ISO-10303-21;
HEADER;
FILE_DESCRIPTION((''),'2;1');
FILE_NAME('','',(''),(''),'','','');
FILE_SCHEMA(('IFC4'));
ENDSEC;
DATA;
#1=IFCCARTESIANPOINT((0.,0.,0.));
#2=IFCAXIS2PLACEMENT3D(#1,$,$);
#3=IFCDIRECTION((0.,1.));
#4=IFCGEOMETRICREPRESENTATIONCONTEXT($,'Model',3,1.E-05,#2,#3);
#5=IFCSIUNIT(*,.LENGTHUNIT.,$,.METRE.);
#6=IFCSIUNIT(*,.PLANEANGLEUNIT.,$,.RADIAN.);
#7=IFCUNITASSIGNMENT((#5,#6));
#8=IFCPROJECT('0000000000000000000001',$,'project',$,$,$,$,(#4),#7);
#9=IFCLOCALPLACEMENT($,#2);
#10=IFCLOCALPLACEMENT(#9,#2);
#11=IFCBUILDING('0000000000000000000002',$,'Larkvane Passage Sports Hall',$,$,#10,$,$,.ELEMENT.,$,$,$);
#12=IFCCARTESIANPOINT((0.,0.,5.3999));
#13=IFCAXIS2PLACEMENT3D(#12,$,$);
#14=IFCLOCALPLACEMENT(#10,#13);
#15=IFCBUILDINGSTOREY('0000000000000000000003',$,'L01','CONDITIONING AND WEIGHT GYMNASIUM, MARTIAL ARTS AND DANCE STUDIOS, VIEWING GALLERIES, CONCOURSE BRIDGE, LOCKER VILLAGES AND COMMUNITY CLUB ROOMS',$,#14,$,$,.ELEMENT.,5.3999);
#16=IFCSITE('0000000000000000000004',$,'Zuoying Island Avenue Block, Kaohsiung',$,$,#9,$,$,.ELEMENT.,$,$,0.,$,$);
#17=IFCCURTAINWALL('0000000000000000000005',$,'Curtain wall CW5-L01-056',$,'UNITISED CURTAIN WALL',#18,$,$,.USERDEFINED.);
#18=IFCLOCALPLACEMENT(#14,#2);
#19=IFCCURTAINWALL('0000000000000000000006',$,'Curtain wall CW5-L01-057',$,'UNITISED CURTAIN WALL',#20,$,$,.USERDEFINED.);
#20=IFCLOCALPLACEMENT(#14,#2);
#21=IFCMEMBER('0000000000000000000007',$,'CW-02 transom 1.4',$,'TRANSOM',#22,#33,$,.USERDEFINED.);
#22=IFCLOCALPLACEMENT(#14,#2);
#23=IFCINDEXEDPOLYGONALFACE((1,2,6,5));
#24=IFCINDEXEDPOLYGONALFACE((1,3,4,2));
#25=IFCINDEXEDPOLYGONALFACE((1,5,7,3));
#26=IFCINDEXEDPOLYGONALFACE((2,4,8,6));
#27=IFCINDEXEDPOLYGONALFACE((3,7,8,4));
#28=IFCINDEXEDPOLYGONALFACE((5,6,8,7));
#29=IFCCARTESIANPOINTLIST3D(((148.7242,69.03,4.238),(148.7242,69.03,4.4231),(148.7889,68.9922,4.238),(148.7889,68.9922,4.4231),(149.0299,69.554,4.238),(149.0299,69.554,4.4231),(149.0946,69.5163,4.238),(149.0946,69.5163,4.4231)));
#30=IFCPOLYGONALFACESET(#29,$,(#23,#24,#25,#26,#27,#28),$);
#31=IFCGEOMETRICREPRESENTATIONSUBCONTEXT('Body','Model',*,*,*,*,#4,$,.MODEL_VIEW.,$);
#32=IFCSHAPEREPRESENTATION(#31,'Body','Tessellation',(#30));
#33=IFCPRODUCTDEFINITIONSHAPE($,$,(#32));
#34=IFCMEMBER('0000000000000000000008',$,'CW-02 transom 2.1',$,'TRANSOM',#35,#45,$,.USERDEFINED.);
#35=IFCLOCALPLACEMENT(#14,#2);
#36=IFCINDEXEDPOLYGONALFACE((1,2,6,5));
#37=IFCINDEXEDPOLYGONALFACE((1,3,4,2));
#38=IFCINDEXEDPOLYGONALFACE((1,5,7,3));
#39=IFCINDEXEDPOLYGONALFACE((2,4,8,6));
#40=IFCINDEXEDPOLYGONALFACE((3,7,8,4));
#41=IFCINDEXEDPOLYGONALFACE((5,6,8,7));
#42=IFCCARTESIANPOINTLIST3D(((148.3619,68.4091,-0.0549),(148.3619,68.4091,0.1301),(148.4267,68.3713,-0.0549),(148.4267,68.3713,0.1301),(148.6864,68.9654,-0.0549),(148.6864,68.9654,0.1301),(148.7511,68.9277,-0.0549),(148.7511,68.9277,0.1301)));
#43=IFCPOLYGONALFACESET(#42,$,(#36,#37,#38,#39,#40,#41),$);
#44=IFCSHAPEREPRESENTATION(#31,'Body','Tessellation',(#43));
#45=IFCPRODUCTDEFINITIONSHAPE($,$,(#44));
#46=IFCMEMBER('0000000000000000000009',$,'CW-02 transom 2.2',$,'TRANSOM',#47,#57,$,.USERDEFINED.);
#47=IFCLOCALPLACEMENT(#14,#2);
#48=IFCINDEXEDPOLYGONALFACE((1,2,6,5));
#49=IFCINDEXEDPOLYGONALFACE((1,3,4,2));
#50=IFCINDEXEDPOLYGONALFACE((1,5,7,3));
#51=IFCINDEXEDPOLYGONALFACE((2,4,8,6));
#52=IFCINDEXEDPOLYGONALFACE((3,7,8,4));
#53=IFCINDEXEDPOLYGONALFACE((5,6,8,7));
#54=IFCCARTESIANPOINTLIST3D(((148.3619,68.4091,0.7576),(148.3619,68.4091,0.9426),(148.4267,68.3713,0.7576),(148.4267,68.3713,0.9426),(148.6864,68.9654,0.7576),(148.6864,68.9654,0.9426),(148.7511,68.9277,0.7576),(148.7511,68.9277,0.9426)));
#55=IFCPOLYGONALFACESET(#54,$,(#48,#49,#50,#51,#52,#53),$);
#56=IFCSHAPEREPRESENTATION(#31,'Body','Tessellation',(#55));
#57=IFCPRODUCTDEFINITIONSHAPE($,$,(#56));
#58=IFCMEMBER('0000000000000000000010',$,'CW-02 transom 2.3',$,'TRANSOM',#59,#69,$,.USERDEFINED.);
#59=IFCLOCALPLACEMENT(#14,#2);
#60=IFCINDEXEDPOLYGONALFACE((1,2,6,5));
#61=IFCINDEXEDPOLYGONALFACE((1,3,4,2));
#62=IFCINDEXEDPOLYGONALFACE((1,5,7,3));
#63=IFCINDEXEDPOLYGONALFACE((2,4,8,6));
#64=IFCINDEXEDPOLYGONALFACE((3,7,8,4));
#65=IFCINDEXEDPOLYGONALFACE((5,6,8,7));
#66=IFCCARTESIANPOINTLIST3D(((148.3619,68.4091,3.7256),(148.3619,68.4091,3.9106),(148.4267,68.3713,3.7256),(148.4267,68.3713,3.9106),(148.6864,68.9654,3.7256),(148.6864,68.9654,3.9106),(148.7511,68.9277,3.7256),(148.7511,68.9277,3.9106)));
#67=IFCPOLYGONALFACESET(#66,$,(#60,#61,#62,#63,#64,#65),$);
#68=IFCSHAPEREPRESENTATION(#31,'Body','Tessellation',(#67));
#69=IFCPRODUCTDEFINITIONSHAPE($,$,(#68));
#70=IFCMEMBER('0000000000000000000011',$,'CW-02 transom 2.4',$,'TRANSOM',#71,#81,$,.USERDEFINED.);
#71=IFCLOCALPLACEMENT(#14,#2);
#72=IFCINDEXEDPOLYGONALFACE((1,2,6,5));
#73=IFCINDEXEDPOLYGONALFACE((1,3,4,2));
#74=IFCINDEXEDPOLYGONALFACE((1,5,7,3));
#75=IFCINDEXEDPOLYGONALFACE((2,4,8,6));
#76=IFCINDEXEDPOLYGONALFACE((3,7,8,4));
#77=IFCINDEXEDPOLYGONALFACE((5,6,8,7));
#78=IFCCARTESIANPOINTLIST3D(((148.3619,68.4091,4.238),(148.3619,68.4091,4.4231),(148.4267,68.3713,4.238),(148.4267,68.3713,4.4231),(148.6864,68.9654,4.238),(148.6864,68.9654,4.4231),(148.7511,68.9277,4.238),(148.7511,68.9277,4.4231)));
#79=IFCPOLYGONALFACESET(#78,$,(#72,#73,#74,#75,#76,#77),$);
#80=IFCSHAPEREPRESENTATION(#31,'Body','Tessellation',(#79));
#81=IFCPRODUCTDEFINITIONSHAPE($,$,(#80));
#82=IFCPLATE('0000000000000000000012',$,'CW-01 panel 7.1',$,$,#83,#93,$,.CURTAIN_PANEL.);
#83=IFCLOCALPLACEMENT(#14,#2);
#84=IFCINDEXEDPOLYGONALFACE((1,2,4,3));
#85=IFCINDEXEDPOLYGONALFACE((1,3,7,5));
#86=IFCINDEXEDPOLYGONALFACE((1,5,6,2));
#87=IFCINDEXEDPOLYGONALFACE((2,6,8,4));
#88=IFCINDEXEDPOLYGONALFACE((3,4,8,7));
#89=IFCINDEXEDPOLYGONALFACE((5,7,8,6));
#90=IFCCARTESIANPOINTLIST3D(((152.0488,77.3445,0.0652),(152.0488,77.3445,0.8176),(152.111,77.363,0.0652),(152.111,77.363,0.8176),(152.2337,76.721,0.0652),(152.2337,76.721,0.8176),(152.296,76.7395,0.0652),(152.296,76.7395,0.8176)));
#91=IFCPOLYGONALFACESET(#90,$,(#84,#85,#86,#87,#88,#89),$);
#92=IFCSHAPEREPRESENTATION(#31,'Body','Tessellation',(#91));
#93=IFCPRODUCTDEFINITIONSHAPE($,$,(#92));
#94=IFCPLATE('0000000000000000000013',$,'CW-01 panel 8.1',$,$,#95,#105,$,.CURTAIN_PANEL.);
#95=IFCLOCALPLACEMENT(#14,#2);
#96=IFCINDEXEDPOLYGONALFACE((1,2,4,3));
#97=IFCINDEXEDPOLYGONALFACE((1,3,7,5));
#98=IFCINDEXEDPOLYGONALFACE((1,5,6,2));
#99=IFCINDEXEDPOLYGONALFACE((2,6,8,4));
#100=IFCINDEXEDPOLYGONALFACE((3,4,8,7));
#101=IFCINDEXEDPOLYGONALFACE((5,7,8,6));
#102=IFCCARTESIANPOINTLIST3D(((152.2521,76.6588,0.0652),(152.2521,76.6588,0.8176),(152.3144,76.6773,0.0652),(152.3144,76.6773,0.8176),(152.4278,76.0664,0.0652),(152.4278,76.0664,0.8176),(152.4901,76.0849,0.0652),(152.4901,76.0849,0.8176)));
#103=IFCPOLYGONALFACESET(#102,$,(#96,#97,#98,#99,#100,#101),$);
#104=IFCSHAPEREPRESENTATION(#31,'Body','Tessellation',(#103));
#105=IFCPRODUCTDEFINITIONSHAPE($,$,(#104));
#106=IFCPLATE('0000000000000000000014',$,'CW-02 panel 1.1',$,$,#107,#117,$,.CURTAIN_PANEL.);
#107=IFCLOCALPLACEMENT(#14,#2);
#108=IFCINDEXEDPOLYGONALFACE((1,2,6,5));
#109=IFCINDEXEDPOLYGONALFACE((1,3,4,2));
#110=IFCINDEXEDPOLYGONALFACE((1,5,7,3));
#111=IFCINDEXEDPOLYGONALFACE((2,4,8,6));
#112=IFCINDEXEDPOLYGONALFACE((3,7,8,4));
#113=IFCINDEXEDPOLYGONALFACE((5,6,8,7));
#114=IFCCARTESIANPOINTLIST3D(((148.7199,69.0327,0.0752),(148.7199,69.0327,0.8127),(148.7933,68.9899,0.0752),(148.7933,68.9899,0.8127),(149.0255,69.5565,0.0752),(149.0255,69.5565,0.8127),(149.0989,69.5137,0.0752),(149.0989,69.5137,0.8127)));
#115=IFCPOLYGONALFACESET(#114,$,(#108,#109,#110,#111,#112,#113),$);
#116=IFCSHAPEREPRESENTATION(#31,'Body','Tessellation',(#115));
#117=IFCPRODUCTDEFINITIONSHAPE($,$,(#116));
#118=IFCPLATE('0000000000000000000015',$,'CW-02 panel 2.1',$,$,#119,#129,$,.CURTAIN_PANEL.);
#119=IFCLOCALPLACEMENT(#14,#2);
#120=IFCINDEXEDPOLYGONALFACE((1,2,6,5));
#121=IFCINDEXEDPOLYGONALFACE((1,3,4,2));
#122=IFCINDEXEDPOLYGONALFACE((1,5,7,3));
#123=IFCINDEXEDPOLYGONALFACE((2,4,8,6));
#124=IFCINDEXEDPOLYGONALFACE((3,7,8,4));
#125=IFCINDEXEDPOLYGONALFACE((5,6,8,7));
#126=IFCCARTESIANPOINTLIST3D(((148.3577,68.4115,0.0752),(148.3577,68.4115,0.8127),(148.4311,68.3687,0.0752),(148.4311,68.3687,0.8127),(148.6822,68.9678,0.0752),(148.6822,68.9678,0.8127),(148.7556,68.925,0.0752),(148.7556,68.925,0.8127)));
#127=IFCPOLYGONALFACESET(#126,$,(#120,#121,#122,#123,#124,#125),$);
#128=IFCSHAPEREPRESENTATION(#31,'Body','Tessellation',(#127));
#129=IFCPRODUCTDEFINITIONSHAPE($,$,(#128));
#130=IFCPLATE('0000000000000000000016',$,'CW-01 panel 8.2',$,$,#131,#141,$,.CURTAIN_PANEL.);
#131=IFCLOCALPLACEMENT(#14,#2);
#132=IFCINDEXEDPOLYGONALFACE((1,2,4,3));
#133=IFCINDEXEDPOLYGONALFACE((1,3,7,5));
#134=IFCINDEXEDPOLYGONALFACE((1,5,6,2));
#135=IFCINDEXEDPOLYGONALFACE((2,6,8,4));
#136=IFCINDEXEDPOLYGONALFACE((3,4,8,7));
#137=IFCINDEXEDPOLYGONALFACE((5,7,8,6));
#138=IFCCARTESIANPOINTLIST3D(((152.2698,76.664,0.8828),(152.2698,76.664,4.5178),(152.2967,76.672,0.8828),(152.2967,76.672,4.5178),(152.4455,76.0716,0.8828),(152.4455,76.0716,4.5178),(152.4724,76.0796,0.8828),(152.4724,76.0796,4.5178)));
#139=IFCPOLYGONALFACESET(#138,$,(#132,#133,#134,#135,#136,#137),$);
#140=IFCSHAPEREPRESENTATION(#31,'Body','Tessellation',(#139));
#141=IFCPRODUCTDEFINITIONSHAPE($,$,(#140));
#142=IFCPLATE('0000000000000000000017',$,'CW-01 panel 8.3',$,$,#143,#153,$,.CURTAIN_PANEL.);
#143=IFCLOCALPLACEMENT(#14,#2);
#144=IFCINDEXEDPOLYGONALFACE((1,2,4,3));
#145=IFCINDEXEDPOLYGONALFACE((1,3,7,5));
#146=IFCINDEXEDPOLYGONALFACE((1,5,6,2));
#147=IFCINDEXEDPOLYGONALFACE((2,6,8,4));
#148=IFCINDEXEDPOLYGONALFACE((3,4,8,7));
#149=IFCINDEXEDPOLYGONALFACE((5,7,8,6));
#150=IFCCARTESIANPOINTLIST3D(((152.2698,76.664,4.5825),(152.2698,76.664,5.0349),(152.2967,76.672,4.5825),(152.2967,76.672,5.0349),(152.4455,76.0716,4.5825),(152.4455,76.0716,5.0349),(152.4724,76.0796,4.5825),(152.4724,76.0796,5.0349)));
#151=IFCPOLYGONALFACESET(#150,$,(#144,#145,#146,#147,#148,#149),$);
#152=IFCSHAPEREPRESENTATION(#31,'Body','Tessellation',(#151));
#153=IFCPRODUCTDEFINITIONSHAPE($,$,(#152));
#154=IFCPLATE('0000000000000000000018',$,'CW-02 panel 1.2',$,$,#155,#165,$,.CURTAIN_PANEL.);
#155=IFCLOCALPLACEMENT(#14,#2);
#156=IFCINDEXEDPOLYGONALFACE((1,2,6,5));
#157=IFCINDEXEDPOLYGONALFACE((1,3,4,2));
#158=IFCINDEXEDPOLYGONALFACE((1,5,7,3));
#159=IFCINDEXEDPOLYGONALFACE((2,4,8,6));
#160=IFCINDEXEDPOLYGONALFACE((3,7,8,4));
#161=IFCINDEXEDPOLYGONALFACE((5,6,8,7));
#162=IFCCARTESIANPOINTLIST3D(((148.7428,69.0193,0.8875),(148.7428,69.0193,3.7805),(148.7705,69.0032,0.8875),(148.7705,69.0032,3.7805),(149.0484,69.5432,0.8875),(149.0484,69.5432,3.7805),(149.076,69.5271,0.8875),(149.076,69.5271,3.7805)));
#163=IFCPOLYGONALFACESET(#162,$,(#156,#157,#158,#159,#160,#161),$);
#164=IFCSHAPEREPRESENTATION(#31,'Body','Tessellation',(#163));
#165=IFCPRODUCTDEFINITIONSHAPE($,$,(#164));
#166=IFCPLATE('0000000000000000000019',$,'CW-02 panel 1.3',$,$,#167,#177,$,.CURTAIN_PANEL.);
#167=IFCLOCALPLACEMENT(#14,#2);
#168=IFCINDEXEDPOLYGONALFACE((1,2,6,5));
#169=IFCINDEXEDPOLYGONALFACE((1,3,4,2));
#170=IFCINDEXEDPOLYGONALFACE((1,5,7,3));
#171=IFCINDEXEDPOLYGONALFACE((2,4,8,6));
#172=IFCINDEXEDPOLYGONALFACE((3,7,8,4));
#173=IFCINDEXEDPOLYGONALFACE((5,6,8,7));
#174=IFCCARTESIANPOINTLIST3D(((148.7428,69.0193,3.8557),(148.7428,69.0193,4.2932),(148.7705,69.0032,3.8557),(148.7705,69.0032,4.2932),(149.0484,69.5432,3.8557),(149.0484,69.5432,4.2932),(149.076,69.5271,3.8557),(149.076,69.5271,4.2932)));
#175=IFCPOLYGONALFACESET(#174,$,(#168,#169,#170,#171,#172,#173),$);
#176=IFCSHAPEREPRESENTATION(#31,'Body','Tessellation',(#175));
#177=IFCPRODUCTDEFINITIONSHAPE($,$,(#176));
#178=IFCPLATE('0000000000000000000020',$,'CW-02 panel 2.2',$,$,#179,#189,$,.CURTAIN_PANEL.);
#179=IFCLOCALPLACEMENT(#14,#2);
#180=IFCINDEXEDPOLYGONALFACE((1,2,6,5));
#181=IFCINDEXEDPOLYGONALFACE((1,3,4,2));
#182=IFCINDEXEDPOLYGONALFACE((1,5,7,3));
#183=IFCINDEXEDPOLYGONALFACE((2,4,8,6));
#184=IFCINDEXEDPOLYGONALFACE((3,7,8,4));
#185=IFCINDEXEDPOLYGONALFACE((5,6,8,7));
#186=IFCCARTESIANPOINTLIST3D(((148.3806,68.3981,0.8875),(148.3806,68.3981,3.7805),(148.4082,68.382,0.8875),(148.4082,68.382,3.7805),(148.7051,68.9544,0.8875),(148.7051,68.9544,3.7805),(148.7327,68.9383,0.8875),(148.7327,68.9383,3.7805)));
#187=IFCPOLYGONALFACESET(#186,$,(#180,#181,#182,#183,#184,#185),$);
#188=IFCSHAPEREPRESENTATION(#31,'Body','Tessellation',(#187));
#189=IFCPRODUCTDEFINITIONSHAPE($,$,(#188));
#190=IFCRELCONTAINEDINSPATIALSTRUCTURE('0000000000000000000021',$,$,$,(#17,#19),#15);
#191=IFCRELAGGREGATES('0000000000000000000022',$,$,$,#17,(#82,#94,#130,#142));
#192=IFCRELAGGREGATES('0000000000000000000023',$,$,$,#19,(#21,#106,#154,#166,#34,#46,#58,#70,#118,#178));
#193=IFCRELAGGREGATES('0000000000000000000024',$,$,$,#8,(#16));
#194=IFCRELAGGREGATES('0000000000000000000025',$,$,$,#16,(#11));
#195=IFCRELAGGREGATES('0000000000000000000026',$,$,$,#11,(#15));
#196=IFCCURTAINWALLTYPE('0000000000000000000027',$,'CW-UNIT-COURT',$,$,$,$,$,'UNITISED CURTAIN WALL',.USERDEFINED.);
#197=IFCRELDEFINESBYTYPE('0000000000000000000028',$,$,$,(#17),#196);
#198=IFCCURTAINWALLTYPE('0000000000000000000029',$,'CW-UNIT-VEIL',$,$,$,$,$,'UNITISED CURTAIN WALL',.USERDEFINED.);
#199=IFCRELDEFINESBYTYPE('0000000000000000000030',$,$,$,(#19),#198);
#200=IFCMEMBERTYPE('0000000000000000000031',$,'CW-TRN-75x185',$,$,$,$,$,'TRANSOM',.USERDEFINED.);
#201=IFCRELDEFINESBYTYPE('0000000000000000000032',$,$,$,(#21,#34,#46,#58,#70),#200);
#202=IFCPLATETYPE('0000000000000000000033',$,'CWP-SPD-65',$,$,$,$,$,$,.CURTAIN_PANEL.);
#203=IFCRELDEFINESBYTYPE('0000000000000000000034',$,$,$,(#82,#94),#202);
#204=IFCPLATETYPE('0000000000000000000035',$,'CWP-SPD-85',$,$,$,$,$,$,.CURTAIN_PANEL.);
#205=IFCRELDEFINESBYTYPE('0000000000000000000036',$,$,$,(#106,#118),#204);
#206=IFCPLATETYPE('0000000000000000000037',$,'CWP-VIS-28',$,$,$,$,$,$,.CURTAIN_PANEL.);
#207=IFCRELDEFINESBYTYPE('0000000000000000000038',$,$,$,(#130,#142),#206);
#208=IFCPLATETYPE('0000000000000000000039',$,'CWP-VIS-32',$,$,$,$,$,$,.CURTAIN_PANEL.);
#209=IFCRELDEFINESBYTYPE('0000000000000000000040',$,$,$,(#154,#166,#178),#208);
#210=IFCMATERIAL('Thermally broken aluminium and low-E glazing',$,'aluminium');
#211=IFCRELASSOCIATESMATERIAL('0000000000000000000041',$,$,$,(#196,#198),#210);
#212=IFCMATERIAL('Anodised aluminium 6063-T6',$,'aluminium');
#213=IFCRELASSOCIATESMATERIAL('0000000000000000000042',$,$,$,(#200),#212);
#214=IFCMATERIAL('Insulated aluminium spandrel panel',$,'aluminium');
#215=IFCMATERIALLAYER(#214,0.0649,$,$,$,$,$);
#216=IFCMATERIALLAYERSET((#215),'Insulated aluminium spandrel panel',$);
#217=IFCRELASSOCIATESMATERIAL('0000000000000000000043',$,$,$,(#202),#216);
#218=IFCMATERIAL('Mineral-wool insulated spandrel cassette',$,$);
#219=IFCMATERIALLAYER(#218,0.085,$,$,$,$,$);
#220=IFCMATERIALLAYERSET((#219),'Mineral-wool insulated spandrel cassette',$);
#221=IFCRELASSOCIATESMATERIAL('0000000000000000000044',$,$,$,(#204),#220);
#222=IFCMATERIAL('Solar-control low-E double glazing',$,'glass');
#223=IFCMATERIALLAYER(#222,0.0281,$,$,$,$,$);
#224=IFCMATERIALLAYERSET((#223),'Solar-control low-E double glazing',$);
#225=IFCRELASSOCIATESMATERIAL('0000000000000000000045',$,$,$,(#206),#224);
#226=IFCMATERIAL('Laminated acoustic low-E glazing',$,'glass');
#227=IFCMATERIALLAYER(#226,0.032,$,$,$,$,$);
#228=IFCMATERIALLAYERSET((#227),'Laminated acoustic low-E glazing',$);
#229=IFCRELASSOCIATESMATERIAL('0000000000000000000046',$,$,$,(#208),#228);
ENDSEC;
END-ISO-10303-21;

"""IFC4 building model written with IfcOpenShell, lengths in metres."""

from ifc_helpers import new_model, si_unit, direction, frame, origin, origin_2d, place, context, subcontext, project, spatial, rectangle, extrude, material, layer, layer_set, material_profile, profile_set, type_object, element, aggregate, save


model = new_model("IFC4")

# Units and contexts
model_context = context("Model", 3, precision=1e-05, world=origin(), true_north=direction((0.0, 1.0)))
body_context = subcontext(model_context, "Body", "Model", "MODEL_VIEW")
ifc_project = project(units=[si_unit("LENGTHUNIT", "METRE"), si_unit("PLANEANGLEUNIT", "RADIAN")], contexts=[model_context])

# Site, building, storey
site_placement = place(None, origin())
site = spatial("IfcSite", under=ifc_project, at=site_placement, Name="Zuoying Island Avenue Block, Kaohsiung", CompositionType="ELEMENT", RefElevation=0.0)
building_placement = place(site_placement, origin())
building = spatial("IfcBuilding", under=site, at=building_placement, Name="Larkvane Passage Sports Hall", CompositionType="ELEMENT")
storey_placement = place(building_placement, frame((0.0, 0.0, 5.3999)))
storey = spatial("IfcBuildingStorey", under=building, at=storey_placement, Name="L01", Description="CONDITIONING AND WEIGHT GYMNASIUM, MARTIAL ARTS AND DANCE STUDIOS, VIEWING GALLERIES, CONCOURSE BRIDGE, LOCKER VILLAGES AND COMMUNITY CLUB ROOMS", CompositionType="ELEMENT", Elevation=5.3999)

# Curtain walls
ifc_material_1 = material(Name="Thermally broken aluminium and low-E glazing", Category="aluminium")
curtain_wall_type_1 = type_object("IfcCurtainWallType", Name="CW-UNIT-COURT", ElementType="UNITISED CURTAIN WALL", PredefinedType="USERDEFINED", material=ifc_material_1)
curtain_wall_1_placement = place(storey_placement, origin())
curtain_wall_1 = element("IfcCurtainWall", 1, at=curtain_wall_1_placement, inside=storey, type_object=curtain_wall_type_1, Name="Curtain wall CW5-L01-056", ObjectType="UNITISED CURTAIN WALL", PredefinedType="USERDEFINED")
ifc_material_2 = material(Name="Anodised aluminium 6063-T6", Category="aluminium")
curtain_wall_type_2 = type_object("IfcCurtainWallType", Name="CW-UNIT-VEIL", ElementType="UNITISED CURTAIN WALL", PredefinedType="USERDEFINED", material=ifc_material_1)
curtain_wall_2_placement = place(storey_placement, origin())
curtain_wall_2 = element("IfcCurtainWall", 2, at=curtain_wall_2_placement, inside=storey, type_object=curtain_wall_type_2, Name="Curtain wall CW5-L01-057", ObjectType="UNITISED CURTAIN WALL", PredefinedType="USERDEFINED")

# Members
ifc_material_profile_1 = material_profile(ifc_material_2, rectangle(XDim=0.075, YDim=0.1851, at=origin_2d()), Name="ALU-TRN-75x185")
ifc_profile_set_1 = profile_set([ifc_material_profile_1], Name="Anodised aluminium 6063-T6")
member_type_1 = type_object("IfcMemberType", Name="CW-TRN-75x185", ElementType="TRANSOM", PredefinedType="USERDEFINED", material=ifc_profile_set_1)
member_1_placement = place(storey_placement, frame((149.0623, 69.5352, 4.3306), z_axis=(-0.503921, -0.86375, 0.0), x_axis=(0.86375, -0.503921, 0.0)))
member_1 = element("IfcMember", 3, at=member_1_placement, type_object=member_type_1, Name="CW-02 transom 1.4", ObjectType="TRANSOM", PredefinedType="USERDEFINED", context=body_context, shape_type="SweptSolid", body=[
    extrude(rectangle(XDim=0.075, YDim=0.1851, at=origin_2d()), origin(), (0.0, 0.0, 1.0), 0.6067),
])
member_2_placement = place(storey_placement, frame((148.7188, 68.9465, 0.0376), z_axis=(-0.503753, -0.863848, 0.0), x_axis=(0.863848, -0.503753, 0.0)))
member_2 = element("IfcMember", 4, at=member_2_placement, type_object=member_type_1, Name="CW-02 transom 2.1", ObjectType="TRANSOM", PredefinedType="USERDEFINED", context=body_context, shape_type="SweptSolid", body=[
    extrude(rectangle(XDim=0.075, YDim=0.1851, at=origin_2d()), origin(), (0.0, 0.0, 1.0), 0.644),
])
member_3_placement = place(storey_placement, frame((148.7188, 68.9465, 0.8501), z_axis=(-0.503753, -0.863848, 0.0), x_axis=(0.863848, -0.503753, 0.0)))
member_3 = element("IfcMember", 5, at=member_3_placement, type_object=member_type_1, Name="CW-02 transom 2.2", ObjectType="TRANSOM", PredefinedType="USERDEFINED", context=body_context, shape_type="SweptSolid", body=[
    extrude(rectangle(XDim=0.075, YDim=0.1851, at=origin_2d()), origin(), (0.0, 0.0, 1.0), 0.644),
])
member_4_placement = place(storey_placement, frame((148.7188, 68.9465, 3.8181), z_axis=(-0.503753, -0.863848, 0.0), x_axis=(0.863848, -0.503753, 0.0)))
member_4 = element("IfcMember", 6, at=member_4_placement, type_object=member_type_1, Name="CW-02 transom 2.3", ObjectType="TRANSOM", PredefinedType="USERDEFINED", context=body_context, shape_type="SweptSolid", body=[
    extrude(rectangle(XDim=0.075, YDim=0.1851, at=origin_2d()), origin(), (0.0, 0.0, 1.0), 0.644),
])
member_5_placement = place(storey_placement, frame((148.7188, 68.9465, 4.3306), z_axis=(-0.503753, -0.863848, 0.0), x_axis=(0.863848, -0.503753, 0.0)))
member_5 = element("IfcMember", 7, at=member_5_placement, type_object=member_type_1, Name="CW-02 transom 2.4", ObjectType="TRANSOM", PredefinedType="USERDEFINED", context=body_context, shape_type="SweptSolid", body=[
    extrude(rectangle(XDim=0.075, YDim=0.1851, at=origin_2d()), origin(), (0.0, 0.0, 1.0), 0.644),
])

# Plates
ifc_material_3 = material(Name="Insulated aluminium spandrel panel", Category="aluminium")
ifc_layer_1 = layer(ifc_material_3, 0.0649)
ifc_layer_set_1 = layer_set([ifc_layer_1], Name="Insulated aluminium spandrel panel")
plate_type_1 = type_object("IfcPlateType", Name="CWP-SPD-65", PredefinedType="CURTAIN_PANEL", material=ifc_layer_set_1)
plate_1_placement = place(storey_placement, frame((152.1724, 77.042, 0.0652), z_axis=(0.0, 0.0, 1.0), x_axis=(0.284363, -0.958717, 0.0)))
plate_1 = element("IfcPlate", 8, at=plate_1_placement, type_object=plate_type_1, Name="CW-01 panel 7.1", PredefinedType="CURTAIN_PANEL", context=body_context, shape_type="SweptSolid", body=[
    extrude(rectangle(XDim=0.6504, YDim=0.0649, at=origin_2d()), origin(), (0.0, 0.0, 1.0), 0.7524),
])
plate_2_placement = place(storey_placement, frame((152.3711, 76.3718, 0.0652), z_axis=(0.0, 0.0, 1.0), x_axis=(0.284363, -0.958717, 0.0)))
plate_2 = element("IfcPlate", 9, at=plate_2_placement, type_object=plate_type_1, Name="CW-01 panel 8.1", PredefinedType="CURTAIN_PANEL", context=body_context, shape_type="SweptSolid", body=[
    extrude(rectangle(XDim=0.6179, YDim=0.0649, at=origin_2d()), origin(), (0.0, 0.0, 1.0), 0.7524),
])
ifc_material_4 = material(Name="Mineral-wool insulated spandrel cassette")
ifc_layer_2 = layer(ifc_material_4, 0.085)
ifc_layer_set_2 = layer_set([ifc_layer_2], Name="Mineral-wool insulated spandrel cassette")
plate_type_2 = type_object("IfcPlateType", Name="CWP-SPD-85", PredefinedType="CURTAIN_PANEL", material=ifc_layer_set_2)
plate_3_placement = place(storey_placement, frame((148.9094, 69.2732, 0.0752), z_axis=(0.0, 0.0, 1.0), x_axis=(-0.503867, -0.863781, 0.0)))
plate_3 = element("IfcPlate", 10, at=plate_3_placement, type_object=plate_type_2, Name="CW-02 panel 1.1", PredefinedType="CURTAIN_PANEL", context=body_context, shape_type="SweptSolid", body=[
    extrude(rectangle(XDim=0.6064, YDim=0.085, at=origin_2d()), origin(), (0.0, 0.0, 1.0), 0.7375),
])
plate_4_placement = place(storey_placement, frame((148.5566, 68.6682, 0.0752), z_axis=(0.0, 0.0, 1.0), x_axis=(-0.503867, -0.863781, 0.0)))
plate_4 = element("IfcPlate", 11, at=plate_4_placement, type_object=plate_type_2, Name="CW-02 panel 2.1", PredefinedType="CURTAIN_PANEL", context=body_context, shape_type="SweptSolid", body=[
    extrude(rectangle(XDim=0.644, YDim=0.085, at=origin_2d()), origin(), (0.0, 0.0, 1.0), 0.7375),
])
ifc_material_5 = material(Name="Solar-control low-E double glazing", Category="glass")
ifc_layer_3 = layer(ifc_material_5, 0.0281)
ifc_layer_set_3 = layer_set([ifc_layer_3], Name="Solar-control low-E double glazing")
plate_type_3 = type_object("IfcPlateType", Name="CWP-VIS-28", PredefinedType="CURTAIN_PANEL", material=ifc_layer_set_3)
plate_5_placement = place(storey_placement, frame((152.3711, 76.3718, 0.8828), z_axis=(0.0, 0.0, 1.0), x_axis=(0.284363, -0.958717, 0.0)))
plate_5 = element("IfcPlate", 12, at=plate_5_placement, type_object=plate_type_3, Name="CW-01 panel 8.2", PredefinedType="CURTAIN_PANEL", context=body_context, shape_type="SweptSolid", body=[
    extrude(rectangle(XDim=0.6179, YDim=0.0281, at=origin_2d()), origin(), (0.0, 0.0, 1.0), 3.635),
])
plate_6_placement = place(storey_placement, frame((152.3711, 76.3718, 4.5825), z_axis=(0.0, 0.0, 1.0), x_axis=(0.284363, -0.958717, 0.0)))
plate_6 = element("IfcPlate", 13, at=plate_6_placement, type_object=plate_type_3, Name="CW-01 panel 8.3", PredefinedType="CURTAIN_PANEL", context=body_context, shape_type="SweptSolid", body=[
    extrude(rectangle(XDim=0.6179, YDim=0.0281, at=origin_2d()), origin(), (0.0, 0.0, 1.0), 0.4524),
])
aggregate(curtain_wall_1, [plate_1, plate_2, plate_5, plate_6])
ifc_material_6 = material(Name="Laminated acoustic low-E glazing", Category="glass")
ifc_layer_4 = layer(ifc_material_6, 0.032)
ifc_layer_set_4 = layer_set([ifc_layer_4], Name="Laminated acoustic low-E glazing")
plate_type_4 = type_object("IfcPlateType", Name="CWP-VIS-32", PredefinedType="CURTAIN_PANEL", material=ifc_layer_set_4)
plate_7_placement = place(storey_placement, frame((148.9094, 69.2732, 0.8875), z_axis=(0.0, 0.0, 1.0), x_axis=(-0.503867, -0.863781, 0.0)))
plate_7 = element("IfcPlate", 14, at=plate_7_placement, type_object=plate_type_4, Name="CW-02 panel 1.2", PredefinedType="CURTAIN_PANEL", context=body_context, shape_type="SweptSolid", body=[
    extrude(rectangle(XDim=0.6064, YDim=0.032, at=origin_2d()), origin(), (0.0, 0.0, 1.0), 2.8931),
])
plate_8_placement = place(storey_placement, frame((148.9094, 69.2732, 3.8557), z_axis=(0.0, 0.0, 1.0), x_axis=(-0.503867, -0.863781, 0.0)))
plate_8 = element("IfcPlate", 15, at=plate_8_placement, type_object=plate_type_4, Name="CW-02 panel 1.3", PredefinedType="CURTAIN_PANEL", context=body_context, shape_type="SweptSolid", body=[
    extrude(rectangle(XDim=0.6064, YDim=0.032, at=origin_2d()), origin(), (0.0, 0.0, 1.0), 0.4375),
])
plate_9_placement = place(storey_placement, frame((148.5566, 68.6682, 0.8875), z_axis=(0.0, 0.0, 1.0), x_axis=(-0.503867, -0.863781, 0.0)))
plate_9 = element("IfcPlate", 16, at=plate_9_placement, type_object=plate_type_4, Name="CW-02 panel 2.2", PredefinedType="CURTAIN_PANEL", context=body_context, shape_type="SweptSolid", body=[
    extrude(rectangle(XDim=0.644, YDim=0.032, at=origin_2d()), origin(), (0.0, 0.0, 1.0), 2.8931),
])
aggregate(curtain_wall_2, [member_1, plate_3, plate_7, plate_8, member_2, member_3, member_4, member_5, plate_4, plate_9])

save(model, "model.ifc")
